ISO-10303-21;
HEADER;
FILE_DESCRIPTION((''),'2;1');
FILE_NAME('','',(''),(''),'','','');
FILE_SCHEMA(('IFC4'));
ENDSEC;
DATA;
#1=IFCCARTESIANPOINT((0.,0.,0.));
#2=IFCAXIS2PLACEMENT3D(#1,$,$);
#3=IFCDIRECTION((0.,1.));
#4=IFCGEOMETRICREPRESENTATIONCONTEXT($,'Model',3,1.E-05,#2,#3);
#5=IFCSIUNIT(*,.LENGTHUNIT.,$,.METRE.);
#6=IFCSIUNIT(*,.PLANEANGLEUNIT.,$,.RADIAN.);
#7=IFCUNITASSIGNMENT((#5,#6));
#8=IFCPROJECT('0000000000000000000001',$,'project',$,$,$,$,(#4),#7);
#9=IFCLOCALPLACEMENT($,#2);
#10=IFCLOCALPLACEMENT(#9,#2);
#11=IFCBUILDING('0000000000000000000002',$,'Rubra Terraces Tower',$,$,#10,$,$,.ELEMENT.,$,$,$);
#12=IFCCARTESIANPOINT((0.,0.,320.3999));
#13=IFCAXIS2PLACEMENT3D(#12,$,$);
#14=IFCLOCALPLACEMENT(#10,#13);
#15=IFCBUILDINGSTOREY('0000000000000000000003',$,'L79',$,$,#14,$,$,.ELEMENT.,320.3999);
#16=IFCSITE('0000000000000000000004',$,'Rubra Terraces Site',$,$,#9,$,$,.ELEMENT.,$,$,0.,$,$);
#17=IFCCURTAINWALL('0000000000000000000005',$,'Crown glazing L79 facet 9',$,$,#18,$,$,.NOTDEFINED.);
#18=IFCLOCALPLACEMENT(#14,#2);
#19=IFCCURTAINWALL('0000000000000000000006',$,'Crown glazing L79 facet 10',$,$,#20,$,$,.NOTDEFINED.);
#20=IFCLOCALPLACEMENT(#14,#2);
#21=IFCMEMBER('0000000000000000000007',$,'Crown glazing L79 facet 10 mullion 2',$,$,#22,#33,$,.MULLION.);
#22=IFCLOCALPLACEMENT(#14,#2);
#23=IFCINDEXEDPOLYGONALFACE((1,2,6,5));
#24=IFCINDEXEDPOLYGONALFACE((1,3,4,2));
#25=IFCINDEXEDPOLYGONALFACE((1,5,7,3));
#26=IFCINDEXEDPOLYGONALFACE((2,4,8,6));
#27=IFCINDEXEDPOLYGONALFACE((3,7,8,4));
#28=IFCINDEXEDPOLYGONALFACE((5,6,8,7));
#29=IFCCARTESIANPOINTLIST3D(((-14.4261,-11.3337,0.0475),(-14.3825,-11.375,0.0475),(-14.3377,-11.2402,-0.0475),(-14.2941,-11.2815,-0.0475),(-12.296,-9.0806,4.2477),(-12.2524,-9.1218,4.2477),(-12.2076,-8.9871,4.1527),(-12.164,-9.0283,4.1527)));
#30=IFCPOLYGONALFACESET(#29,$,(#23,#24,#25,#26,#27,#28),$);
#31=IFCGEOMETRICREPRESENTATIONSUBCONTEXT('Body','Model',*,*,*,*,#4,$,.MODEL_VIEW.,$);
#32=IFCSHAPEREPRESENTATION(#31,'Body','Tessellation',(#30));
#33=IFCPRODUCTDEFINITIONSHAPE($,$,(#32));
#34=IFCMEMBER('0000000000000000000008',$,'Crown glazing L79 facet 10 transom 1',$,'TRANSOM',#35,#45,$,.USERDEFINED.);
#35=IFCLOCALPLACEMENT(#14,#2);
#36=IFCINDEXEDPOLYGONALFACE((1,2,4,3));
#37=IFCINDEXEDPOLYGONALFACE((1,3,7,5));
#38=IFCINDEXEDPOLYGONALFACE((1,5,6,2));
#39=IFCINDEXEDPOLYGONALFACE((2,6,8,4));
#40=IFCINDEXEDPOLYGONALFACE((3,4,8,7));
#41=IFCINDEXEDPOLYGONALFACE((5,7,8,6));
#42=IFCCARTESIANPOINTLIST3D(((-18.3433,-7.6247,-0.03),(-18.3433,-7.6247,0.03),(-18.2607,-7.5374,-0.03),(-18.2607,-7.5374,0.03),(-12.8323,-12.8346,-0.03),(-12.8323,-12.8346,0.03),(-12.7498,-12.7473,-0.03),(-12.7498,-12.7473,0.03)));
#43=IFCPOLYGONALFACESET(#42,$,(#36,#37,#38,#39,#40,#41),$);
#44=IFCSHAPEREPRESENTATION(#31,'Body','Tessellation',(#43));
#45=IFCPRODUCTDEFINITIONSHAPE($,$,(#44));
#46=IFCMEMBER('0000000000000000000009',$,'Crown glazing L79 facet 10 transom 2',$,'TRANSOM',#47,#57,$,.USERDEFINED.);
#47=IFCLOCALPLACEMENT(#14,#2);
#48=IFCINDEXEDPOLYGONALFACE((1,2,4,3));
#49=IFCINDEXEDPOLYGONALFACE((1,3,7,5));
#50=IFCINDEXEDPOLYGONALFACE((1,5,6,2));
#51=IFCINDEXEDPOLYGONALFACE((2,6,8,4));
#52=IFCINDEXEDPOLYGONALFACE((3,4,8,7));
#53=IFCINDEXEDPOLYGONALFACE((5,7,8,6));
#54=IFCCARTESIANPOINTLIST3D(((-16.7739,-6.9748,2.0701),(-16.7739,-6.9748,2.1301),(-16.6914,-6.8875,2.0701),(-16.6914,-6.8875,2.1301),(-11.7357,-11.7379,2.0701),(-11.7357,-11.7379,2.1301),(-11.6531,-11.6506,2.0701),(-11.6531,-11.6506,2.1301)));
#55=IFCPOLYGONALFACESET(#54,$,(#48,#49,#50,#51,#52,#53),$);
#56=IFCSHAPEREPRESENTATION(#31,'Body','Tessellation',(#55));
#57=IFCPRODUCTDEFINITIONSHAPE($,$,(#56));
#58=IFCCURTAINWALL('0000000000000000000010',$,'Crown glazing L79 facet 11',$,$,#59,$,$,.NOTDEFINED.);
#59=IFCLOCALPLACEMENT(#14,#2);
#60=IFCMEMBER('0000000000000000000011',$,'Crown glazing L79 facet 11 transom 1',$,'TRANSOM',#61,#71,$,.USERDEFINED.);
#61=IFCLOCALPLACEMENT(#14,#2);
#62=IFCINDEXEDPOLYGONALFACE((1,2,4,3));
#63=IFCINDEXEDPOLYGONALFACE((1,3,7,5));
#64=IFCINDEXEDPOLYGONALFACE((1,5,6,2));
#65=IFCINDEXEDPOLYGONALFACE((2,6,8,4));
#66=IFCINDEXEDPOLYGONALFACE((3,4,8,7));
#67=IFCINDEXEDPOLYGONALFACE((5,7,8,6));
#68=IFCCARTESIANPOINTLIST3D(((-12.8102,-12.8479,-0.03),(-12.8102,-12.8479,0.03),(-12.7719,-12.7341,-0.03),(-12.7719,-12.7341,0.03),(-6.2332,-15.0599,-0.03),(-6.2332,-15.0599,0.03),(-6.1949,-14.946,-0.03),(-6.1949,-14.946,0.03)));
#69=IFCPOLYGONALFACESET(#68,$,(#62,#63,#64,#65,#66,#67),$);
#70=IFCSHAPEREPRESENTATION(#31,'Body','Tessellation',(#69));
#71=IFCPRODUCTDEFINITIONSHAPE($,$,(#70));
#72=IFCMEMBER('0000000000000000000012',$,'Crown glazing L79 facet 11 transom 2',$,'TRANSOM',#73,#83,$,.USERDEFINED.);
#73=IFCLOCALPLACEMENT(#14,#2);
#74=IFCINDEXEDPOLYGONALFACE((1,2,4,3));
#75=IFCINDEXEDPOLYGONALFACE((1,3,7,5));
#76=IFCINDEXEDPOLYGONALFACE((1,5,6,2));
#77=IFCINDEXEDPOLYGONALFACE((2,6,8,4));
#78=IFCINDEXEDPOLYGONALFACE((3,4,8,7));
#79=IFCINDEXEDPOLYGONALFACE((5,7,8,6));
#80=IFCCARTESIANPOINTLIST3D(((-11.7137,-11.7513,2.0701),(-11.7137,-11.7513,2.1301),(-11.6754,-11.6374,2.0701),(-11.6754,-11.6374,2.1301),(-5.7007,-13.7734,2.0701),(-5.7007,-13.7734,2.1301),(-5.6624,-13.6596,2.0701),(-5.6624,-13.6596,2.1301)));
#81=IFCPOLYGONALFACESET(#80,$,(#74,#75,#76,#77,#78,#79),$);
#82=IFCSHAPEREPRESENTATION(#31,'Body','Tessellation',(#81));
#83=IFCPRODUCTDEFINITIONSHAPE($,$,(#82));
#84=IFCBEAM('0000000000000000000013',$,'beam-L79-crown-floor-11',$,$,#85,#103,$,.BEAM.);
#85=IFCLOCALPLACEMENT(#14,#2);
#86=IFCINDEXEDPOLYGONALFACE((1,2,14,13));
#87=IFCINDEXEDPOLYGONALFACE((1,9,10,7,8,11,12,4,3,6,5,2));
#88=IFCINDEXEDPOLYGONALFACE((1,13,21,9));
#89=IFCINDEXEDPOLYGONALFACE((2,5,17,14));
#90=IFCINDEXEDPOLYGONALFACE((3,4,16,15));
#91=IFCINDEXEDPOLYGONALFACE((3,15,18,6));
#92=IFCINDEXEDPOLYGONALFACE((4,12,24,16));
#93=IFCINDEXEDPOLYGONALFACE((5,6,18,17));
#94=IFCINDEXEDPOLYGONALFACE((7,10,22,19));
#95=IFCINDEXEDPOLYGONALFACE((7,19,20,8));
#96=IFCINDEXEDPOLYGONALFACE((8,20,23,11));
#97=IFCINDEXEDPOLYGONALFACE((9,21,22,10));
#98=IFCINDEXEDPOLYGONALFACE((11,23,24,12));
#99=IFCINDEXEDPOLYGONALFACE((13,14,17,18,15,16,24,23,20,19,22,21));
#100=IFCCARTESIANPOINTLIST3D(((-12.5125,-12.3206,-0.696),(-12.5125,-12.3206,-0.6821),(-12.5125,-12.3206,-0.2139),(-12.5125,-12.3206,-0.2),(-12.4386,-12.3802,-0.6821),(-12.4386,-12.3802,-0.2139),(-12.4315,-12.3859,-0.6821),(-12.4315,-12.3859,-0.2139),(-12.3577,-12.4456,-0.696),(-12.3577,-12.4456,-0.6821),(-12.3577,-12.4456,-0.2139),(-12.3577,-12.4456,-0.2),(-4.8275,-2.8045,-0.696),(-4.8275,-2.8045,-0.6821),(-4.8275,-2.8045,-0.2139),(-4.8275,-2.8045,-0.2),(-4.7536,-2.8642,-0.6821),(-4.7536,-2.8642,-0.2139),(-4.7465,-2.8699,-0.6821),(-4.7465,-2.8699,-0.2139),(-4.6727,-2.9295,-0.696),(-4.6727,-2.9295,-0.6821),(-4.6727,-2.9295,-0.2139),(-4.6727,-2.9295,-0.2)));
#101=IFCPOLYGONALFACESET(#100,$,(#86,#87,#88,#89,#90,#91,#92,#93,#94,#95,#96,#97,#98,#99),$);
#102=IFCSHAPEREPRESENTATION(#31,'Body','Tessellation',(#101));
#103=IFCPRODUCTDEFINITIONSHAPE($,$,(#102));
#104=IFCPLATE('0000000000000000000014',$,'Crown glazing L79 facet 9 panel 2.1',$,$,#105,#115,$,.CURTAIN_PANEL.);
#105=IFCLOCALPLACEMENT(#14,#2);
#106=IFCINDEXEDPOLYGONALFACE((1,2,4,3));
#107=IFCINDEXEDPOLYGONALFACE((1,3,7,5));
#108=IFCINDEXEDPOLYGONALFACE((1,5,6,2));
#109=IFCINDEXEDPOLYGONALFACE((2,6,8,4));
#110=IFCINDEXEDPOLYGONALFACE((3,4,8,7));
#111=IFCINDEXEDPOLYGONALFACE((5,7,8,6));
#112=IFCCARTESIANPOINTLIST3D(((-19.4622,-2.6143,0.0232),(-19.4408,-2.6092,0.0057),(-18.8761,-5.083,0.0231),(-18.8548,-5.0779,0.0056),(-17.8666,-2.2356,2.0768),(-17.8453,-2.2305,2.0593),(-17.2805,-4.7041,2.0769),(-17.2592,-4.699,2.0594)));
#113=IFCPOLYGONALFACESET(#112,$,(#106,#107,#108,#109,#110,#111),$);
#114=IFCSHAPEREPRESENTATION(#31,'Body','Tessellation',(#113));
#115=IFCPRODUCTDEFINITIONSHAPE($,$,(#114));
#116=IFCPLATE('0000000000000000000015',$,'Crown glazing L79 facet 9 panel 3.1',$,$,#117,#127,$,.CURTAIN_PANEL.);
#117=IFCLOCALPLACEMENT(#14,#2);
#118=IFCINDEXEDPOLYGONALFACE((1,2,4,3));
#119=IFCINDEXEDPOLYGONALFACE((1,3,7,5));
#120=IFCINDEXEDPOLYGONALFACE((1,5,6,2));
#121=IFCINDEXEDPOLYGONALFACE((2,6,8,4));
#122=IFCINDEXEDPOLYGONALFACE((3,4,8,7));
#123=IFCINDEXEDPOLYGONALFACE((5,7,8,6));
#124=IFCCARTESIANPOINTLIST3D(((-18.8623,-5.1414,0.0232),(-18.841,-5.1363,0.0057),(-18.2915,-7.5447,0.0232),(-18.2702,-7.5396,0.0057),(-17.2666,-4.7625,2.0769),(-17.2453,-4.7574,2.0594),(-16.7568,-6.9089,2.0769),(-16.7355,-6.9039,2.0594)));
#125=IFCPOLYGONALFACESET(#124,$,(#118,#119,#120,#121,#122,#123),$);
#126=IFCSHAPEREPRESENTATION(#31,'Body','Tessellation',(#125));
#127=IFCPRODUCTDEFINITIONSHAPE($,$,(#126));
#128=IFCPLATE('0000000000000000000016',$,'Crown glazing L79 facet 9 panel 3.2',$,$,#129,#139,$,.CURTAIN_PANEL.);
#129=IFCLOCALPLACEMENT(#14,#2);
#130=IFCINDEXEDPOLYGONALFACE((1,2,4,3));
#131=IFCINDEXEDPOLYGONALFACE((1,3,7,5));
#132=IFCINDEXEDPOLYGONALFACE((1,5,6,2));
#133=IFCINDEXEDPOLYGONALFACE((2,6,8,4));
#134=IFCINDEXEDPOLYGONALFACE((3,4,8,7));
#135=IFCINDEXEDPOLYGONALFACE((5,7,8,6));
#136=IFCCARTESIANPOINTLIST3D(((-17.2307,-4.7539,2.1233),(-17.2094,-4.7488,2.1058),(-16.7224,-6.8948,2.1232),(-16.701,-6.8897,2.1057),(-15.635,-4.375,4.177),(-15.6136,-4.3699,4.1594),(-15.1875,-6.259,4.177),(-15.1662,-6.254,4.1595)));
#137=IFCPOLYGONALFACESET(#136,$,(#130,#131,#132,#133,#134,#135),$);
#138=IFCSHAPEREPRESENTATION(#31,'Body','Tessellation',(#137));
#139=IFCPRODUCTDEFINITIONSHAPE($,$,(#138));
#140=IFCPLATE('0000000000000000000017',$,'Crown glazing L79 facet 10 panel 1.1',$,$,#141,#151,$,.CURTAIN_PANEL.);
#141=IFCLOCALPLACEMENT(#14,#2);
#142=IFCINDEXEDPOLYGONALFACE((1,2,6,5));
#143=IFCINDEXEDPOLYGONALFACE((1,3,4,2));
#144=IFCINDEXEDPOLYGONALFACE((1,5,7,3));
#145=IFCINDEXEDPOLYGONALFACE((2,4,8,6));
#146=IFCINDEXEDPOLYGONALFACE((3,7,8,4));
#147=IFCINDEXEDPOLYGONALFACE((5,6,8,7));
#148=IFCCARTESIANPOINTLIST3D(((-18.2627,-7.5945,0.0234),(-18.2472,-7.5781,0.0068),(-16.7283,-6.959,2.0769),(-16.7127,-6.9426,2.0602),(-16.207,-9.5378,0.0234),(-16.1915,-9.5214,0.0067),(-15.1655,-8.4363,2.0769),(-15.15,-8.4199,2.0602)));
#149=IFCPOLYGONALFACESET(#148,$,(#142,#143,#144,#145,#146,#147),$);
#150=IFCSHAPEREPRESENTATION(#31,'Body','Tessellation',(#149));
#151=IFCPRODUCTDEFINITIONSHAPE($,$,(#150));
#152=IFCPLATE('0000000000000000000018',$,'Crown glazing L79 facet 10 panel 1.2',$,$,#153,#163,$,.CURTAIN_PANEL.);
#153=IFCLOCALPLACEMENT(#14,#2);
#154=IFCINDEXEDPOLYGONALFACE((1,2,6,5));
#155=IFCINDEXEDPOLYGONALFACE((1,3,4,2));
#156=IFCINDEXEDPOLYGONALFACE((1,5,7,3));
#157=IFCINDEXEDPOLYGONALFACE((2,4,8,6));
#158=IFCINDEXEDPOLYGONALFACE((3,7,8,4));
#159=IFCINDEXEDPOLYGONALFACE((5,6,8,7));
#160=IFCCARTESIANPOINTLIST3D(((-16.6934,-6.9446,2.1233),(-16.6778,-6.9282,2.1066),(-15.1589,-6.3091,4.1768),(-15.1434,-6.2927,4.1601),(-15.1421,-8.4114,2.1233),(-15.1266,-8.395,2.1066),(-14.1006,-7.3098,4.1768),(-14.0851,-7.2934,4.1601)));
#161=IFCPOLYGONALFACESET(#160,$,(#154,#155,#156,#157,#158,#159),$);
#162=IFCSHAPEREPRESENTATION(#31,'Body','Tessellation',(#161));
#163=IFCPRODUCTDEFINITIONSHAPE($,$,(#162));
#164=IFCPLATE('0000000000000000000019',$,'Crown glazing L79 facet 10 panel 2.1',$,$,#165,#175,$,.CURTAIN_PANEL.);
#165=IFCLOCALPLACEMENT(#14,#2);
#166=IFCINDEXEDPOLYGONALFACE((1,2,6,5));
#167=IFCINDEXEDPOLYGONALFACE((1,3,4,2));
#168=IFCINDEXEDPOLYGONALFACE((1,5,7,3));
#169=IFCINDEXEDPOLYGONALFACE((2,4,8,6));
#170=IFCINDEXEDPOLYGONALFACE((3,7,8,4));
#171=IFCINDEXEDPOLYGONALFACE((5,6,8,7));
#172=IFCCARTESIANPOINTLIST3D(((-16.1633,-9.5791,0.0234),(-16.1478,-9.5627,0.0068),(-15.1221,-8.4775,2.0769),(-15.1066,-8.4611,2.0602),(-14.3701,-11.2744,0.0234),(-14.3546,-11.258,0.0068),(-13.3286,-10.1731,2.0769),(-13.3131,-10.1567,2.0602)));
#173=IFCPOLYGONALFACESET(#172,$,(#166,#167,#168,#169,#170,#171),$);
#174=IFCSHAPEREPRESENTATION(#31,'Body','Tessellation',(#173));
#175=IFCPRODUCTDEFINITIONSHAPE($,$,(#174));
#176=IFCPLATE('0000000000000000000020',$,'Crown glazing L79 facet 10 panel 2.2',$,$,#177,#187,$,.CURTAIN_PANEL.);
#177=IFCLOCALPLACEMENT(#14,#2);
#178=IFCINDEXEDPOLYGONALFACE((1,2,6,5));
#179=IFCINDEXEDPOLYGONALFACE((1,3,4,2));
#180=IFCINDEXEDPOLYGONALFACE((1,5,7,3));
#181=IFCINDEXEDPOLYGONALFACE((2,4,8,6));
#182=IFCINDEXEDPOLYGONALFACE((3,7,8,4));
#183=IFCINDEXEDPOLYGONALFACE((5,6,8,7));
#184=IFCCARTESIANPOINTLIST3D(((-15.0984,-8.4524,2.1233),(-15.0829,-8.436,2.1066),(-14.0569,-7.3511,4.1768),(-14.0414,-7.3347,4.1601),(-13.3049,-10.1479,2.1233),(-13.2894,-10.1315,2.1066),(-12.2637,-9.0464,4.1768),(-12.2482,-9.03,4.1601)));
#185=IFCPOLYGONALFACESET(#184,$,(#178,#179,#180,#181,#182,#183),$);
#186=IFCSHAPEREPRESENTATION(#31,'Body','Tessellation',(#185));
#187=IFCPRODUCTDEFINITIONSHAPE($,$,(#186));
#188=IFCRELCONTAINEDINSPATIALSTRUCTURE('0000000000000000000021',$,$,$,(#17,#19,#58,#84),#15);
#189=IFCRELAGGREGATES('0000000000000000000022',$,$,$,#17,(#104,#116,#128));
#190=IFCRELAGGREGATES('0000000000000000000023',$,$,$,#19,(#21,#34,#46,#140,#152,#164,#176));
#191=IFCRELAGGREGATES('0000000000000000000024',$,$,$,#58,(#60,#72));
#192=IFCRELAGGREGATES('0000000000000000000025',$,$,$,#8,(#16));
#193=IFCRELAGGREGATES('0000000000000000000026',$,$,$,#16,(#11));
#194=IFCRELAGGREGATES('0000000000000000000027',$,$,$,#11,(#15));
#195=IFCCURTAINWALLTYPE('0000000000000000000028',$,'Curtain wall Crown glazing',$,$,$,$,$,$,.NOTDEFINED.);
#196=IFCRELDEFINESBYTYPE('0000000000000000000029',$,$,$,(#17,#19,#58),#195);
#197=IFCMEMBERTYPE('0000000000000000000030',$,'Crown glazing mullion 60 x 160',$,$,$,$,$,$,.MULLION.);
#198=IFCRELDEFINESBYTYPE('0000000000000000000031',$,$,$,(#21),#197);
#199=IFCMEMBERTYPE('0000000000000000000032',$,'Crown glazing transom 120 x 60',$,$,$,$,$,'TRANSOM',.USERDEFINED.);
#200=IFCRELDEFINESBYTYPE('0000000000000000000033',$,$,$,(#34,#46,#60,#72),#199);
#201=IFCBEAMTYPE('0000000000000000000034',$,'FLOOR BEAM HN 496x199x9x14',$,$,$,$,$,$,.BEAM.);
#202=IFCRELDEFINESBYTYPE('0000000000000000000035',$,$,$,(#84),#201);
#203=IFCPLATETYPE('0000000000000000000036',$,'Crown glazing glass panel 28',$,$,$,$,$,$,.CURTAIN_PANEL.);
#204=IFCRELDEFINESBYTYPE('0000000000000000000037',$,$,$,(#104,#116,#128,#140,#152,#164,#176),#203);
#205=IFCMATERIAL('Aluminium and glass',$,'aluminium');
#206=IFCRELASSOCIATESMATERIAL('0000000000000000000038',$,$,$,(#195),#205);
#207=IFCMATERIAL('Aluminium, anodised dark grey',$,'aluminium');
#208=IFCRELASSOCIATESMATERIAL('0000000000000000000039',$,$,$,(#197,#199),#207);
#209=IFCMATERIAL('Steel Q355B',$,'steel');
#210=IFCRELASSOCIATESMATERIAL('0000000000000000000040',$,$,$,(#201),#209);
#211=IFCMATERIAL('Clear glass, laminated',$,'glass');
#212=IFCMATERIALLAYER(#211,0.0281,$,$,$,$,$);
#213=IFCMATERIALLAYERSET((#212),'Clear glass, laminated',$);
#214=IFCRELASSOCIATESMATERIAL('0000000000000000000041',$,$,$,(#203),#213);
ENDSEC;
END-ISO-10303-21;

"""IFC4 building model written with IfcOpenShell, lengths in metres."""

from ifc_helpers import new_model, si_unit, direction, frame, origin, origin_2d, place, context, subcontext, project, spatial, polyline, rectangle, i_section, outline, extrude, material, layer, layer_set, material_profile, profile_set, type_object, element, aggregate, save


model = new_model("IFC4")

# Units and contexts
model_context = context("Model", 3, precision=1e-05, world=origin(), true_north=direction((0.0, 1.0)))
body_context = subcontext(model_context, "Body", "Model", "MODEL_VIEW")
ifc_project = project(units=[si_unit("LENGTHUNIT", "METRE"), si_unit("PLANEANGLEUNIT", "RADIAN")], contexts=[model_context])

# Site, building, storey
site_placement = place(None, origin())
site = spatial("IfcSite", under=ifc_project, at=site_placement, Name="Rubra Terraces Site", CompositionType="ELEMENT", RefElevation=0.0)
building_placement = place(site_placement, origin())
building = spatial("IfcBuilding", under=site, at=building_placement, Name="Rubra Terraces Tower", CompositionType="ELEMENT")
storey_placement = place(building_placement, frame((0.0, 0.0, 320.3999)))
storey = spatial("IfcBuildingStorey", under=building, at=storey_placement, Name="L79", CompositionType="ELEMENT", Elevation=320.3999)

# Shared definitions
ifc_material_1 = material(Name="Steel Q355B", Category="steel")

# Curtain walls, members
ifc_material_2 = material(Name="Aluminium and glass", Category="aluminium")
curtain_wall_type = type_object("IfcCurtainWallType", Name="Curtain wall Crown glazing", PredefinedType="NOTDEFINED", material=ifc_material_2)
curtain_wall_1_placement = place(storey_placement, origin())
curtain_wall_1 = element("IfcCurtainWall", 1, at=curtain_wall_1_placement, inside=storey, type_object=curtain_wall_type, Name="Crown glazing L79 facet 9", PredefinedType="NOTDEFINED")
ifc_material_3 = material(Name="Aluminium, anodised dark grey", Category="aluminium")
ifc_material_profile_1 = material_profile(ifc_material_3, rectangle(XDim=0.0601, YDim=0.1599, at=origin_2d()), Name="AL 60x160")
ifc_profile_set_1 = profile_set([ifc_material_profile_1], Name="Aluminium, anodised dark grey")
member_type_1 = type_object("IfcMemberType", Name="Crown glazing mullion 60 x 160", PredefinedType="MULLION", material=ifc_profile_set_1)
curtain_wall_2_placement = place(storey_placement, origin())
curtain_wall_2 = element("IfcCurtainWall", 2, at=curtain_wall_2_placement, inside=storey, type_object=curtain_wall_type, Name="Crown glazing L79 facet 10", PredefinedType="NOTDEFINED")
member_1_placement = place(storey_placement, frame((-14.3601, -11.3076, 0.0), z_axis=(0.408014, 0.431583, 0.804525), x_axis=(-0.72667, 0.686986, 0.0)))
member_1 = element("IfcMember", 3, at=member_1_placement, type_object=member_type_1, Name="Crown glazing L79 facet 10 mullion 2", PredefinedType="MULLION", context=body_context, shape_type="SweptSolid", body=[
    extrude(rectangle(XDim=0.0601, YDim=0.1599, at=origin_2d()), origin(), (0.0, 0.0, 1.0), 5.2207),
])
ifc_material_profile_2 = material_profile(ifc_material_3, rectangle(XDim=0.1201, YDim=0.0601, at=origin_2d()), Name="AL 120x60")
ifc_profile_set_2 = profile_set([ifc_material_profile_2], Name="Aluminium, anodised dark grey")
member_type_2 = type_object("IfcMemberType", Name="Crown glazing transom 120 x 60", ElementType="TRANSOM", PredefinedType="USERDEFINED", material=ifc_profile_set_2)
member_2_placement = place(storey_placement, frame((-18.302, -7.5811, 0.0), z_axis=(0.726675, -0.686982, 0.0), x_axis=(0.686982, 0.726675, 0.0)))
member_2 = element("IfcMember", 4, at=member_2_placement, type_object=member_type_2, Name="Crown glazing L79 facet 10 transom 1", ObjectType="TRANSOM", PredefinedType="USERDEFINED", context=body_context, shape_type="SweptSolid", body=[
    extrude(rectangle(XDim=0.1201, YDim=0.0601, at=origin_2d()), origin(), (0.0, 0.0, 1.0), 7.5837),
])
member_3_placement = place(storey_placement, frame((-16.7327, -6.9312, 2.1001), z_axis=(0.72667, -0.686986, 0.0), x_axis=(0.686986, 0.72667, 0.0)))
member_3 = element("IfcMember", 5, at=member_3_placement, type_object=member_type_2, Name="Crown glazing L79 facet 10 transom 2", ObjectType="TRANSOM", PredefinedType="USERDEFINED", context=body_context, shape_type="SweptSolid", body=[
    extrude(rectangle(XDim=0.1201, YDim=0.0601, at=origin_2d()), origin(), (0.0, 0.0, 1.0), 6.9333),
])
curtain_wall_3_placement = place(storey_placement, origin())
curtain_wall_3 = element("IfcCurtainWall", 6, at=curtain_wall_3_placement, inside=storey, type_object=curtain_wall_type, Name="Crown glazing L79 facet 11", PredefinedType="NOTDEFINED")
member_4_placement = place(storey_placement, frame((-12.791, -12.791, 0.0), z_axis=(0.947832, -0.31877, 0.0), x_axis=(0.31877, 0.947832, 0.0)))
member_4 = element("IfcMember", 7, at=member_4_placement, type_object=member_type_2, Name="Crown glazing L79 facet 11 transom 1", ObjectType="TRANSOM", PredefinedType="USERDEFINED", context=body_context, shape_type="SweptSolid", body=[
    extrude(rectangle(XDim=0.1201, YDim=0.0601, at=origin_2d()), origin(), (0.0, 0.0, 1.0), 6.939),
])
member_5_placement = place(storey_placement, frame((-11.6946, -11.6943, 2.1001), z_axis=(0.947837, -0.318755, 0.0), x_axis=(0.318755, 0.947837, 0.0)))
member_5 = element("IfcMember", 8, at=member_5_placement, type_object=member_type_2, Name="Crown glazing L79 facet 11 transom 2", ObjectType="TRANSOM", PredefinedType="USERDEFINED", context=body_context, shape_type="SweptSolid", body=[
    extrude(rectangle(XDim=0.1201, YDim=0.0601, at=origin_2d()), origin(), (0.0, 0.0, 1.0), 6.344),
])

# Beam
ifc_material_profile_3 = material_profile(ifc_material_1, i_section(OverallWidth=0.199, OverallDepth=0.4961, WebThickness=0.009, FlangeThickness=0.0139, at=origin_2d()), Name="HN 496x199x9x14")
ifc_profile_set_3 = profile_set([ifc_material_profile_3], Name="Steel Q355B")
beam_type_1 = type_object("IfcBeamType", Name="FLOOR BEAM HN 496x199x9x14", PredefinedType="BEAM", material=ifc_profile_set_3)
beam_1_placement = place(storey_placement, frame((-12.4351, -12.3831, -0.448), z_axis=(0.628286, 0.777982, 0.0), x_axis=(-0.777982, 0.628286, 0.0)))
element("IfcBeam", 9, at=beam_1_placement, inside=storey, type_object=beam_type_1, Name="beam-L79-crown-floor-11", PredefinedType="BEAM", context=body_context, shape_type="SweptSolid", body=[
    extrude(i_section(OverallWidth=0.199, OverallDepth=0.4961, WebThickness=0.009, FlangeThickness=0.0139, at=origin_2d()), origin(), (0.0, 0.0, 1.0), 12.2317),
])

# Plates
ifc_material_4 = material(Name="Clear glass, laminated", Category="glass")
ifc_layer = layer(ifc_material_4, 0.0281)
ifc_layer_set = layer_set([ifc_layer], Name="Clear glass, laminated")
plate_type = type_object("IfcPlateType", Name="Crown glazing glass panel 28", PredefinedType="CURTAIN_PANEL", material=ifc_layer_set)
plate_1_placement = place(storey_placement, frame((-19.4622, -2.6143, 0.0232), z_axis=(-0.760302, -0.180498, 0.623989), x_axis=(0.230961, -0.972963, -0.000028)))
plate_1 = element("IfcPlate", 10, at=plate_1_placement, type_object=plate_type, Name="Crown glazing L79 facet 9 panel 2.1", PredefinedType="CURTAIN_PANEL", context=body_context, shape_type="SweptSolid", body=[
    extrude(outline(polyline([(0.0, 0.0), (2.5373, 0.0), (2.5372, 2.6282), (0.0, 2.628), (0.0, 0.0)])), origin(), (0.0, 0.0, -1.0), 0.0281),
])
plate_2_placement = place(storey_placement, frame((-18.8623, -5.1414, 0.0232), z_axis=(-0.760262, -0.18056, 0.624019), x_axis=(0.231073, -0.972936, 0.000004)))
plate_2 = element("IfcPlate", 11, at=plate_2_placement, type_object=plate_type, Name="Crown glazing L79 facet 9 panel 3.1", PredefinedType="CURTAIN_PANEL", context=body_context, shape_type="SweptSolid", body=[
    extrude(outline(polyline([(0.0, 0.0), (2.4702, 0.0), (2.2063, 2.6282), (0.0001, 2.6282), (0.0, 0.0)])), origin(), (0.0, 0.0, -1.0), 0.0281),
])
plate_3_placement = place(storey_placement, frame((-17.2307, -4.7539, 2.1233), z_axis=(-0.760245, -0.180539, 0.624046), x_axis=(0.231032, -0.972946, -0.000022)))
plate_3 = element("IfcPlate", 12, at=plate_3_placement, type_object=plate_type, Name="Crown glazing L79 facet 9 panel 3.2", PredefinedType="CURTAIN_PANEL", context=body_context, shape_type="SweptSolid", body=[
    extrude(outline(polyline([(0.0, 0.0), (2.2004, 0.0), (1.9364, 2.6283), (0.0, 2.6282), (0.0, 0.0)])), origin(), (0.0, 0.0, -1.0), 0.0281),
])
aggregate(curtain_wall_1, [plate_1, plate_2, plate_3])
plate_4_placement = place(storey_placement, frame((-18.2627, -7.5945, 0.0234), z_axis=(-0.552682, -0.584633, 0.593925), x_axis=(0.726683, -0.686973, -0.000005)))
plate_4 = element("IfcPlate", 13, at=plate_4_placement, type_object=plate_type, Name="Crown glazing L79 facet 10 panel 1.1", PredefinedType="CURTAIN_PANEL", context=body_context, shape_type="SweptSolid", body=[
    extrude(outline(polyline([(0.0, 0.0), (2.8289, 0.0), (2.8289, 2.5524), (0.6785, 2.5524), (0.0, 0.0)])), origin(), (0.0, 0.0, -1.0), 0.0281),
])
plate_5_placement = place(storey_placement, frame((-16.6934, -6.9446, 2.1233), z_axis=(-0.55274, -0.584569, 0.593934), x_axis=(0.726612, -0.687048, 0.000001)))
plate_5 = element("IfcPlate", 14, at=plate_5_placement, type_object=plate_type, Name="Crown glazing L79 facet 10 panel 1.2", PredefinedType="CURTAIN_PANEL", context=body_context, shape_type="SweptSolid", body=[
    extrude(outline(polyline([(0.0, 0.0), (2.1349, 0.0), (2.1349, 2.5524), (0.6783, 2.5524), (0.0, 0.0)])), origin(), (0.0, 0.0, -1.0), 0.0281),
])
plate_6_placement = place(storey_placement, frame((-16.1633, -9.5791, 0.0234), z_axis=(-0.552719, -0.584635, 0.593889), x_axis=(0.726664, -0.686993, 0.000001)))
plate_6 = element("IfcPlate", 15, at=plate_6_placement, type_object=plate_type, Name="Crown glazing L79 facet 10 panel 2.1", PredefinedType="CURTAIN_PANEL", context=body_context, shape_type="SweptSolid", body=[
    extrude(outline(polyline([(0.0, 0.0), (2.4677, 0.0), (2.468, 2.5523), (-0.0001, 2.5523), (0.0, 0.0)])), origin(), (0.0, 0.0, -1.0), 0.0281),
])
plate_7_placement = place(storey_placement, frame((-15.0984, -8.4524, 2.1233), z_axis=(-0.552719, -0.584635, 0.593889), x_axis=(0.726663, -0.686994, -0.000001)))
plate_7 = element("IfcPlate", 16, at=plate_7_placement, type_object=plate_type, Name="Crown glazing L79 facet 10 panel 2.2", PredefinedType="CURTAIN_PANEL", context=body_context, shape_type="SweptSolid", body=[
    extrude(outline(polyline([(0.0, 0.0), (2.4681, 0.0), (2.468, 2.5523), (0.0002, 2.5523), (0.0, 0.0)])), origin(), (0.0, 0.0, -1.0), 0.0281),
])
aggregate(curtain_wall_2, [member_1, member_2, member_3, plate_4, plate_5, plate_6, plate_7])
aggregate(curtain_wall_3, [member_4, member_5])

save(model, "model.ifc")
